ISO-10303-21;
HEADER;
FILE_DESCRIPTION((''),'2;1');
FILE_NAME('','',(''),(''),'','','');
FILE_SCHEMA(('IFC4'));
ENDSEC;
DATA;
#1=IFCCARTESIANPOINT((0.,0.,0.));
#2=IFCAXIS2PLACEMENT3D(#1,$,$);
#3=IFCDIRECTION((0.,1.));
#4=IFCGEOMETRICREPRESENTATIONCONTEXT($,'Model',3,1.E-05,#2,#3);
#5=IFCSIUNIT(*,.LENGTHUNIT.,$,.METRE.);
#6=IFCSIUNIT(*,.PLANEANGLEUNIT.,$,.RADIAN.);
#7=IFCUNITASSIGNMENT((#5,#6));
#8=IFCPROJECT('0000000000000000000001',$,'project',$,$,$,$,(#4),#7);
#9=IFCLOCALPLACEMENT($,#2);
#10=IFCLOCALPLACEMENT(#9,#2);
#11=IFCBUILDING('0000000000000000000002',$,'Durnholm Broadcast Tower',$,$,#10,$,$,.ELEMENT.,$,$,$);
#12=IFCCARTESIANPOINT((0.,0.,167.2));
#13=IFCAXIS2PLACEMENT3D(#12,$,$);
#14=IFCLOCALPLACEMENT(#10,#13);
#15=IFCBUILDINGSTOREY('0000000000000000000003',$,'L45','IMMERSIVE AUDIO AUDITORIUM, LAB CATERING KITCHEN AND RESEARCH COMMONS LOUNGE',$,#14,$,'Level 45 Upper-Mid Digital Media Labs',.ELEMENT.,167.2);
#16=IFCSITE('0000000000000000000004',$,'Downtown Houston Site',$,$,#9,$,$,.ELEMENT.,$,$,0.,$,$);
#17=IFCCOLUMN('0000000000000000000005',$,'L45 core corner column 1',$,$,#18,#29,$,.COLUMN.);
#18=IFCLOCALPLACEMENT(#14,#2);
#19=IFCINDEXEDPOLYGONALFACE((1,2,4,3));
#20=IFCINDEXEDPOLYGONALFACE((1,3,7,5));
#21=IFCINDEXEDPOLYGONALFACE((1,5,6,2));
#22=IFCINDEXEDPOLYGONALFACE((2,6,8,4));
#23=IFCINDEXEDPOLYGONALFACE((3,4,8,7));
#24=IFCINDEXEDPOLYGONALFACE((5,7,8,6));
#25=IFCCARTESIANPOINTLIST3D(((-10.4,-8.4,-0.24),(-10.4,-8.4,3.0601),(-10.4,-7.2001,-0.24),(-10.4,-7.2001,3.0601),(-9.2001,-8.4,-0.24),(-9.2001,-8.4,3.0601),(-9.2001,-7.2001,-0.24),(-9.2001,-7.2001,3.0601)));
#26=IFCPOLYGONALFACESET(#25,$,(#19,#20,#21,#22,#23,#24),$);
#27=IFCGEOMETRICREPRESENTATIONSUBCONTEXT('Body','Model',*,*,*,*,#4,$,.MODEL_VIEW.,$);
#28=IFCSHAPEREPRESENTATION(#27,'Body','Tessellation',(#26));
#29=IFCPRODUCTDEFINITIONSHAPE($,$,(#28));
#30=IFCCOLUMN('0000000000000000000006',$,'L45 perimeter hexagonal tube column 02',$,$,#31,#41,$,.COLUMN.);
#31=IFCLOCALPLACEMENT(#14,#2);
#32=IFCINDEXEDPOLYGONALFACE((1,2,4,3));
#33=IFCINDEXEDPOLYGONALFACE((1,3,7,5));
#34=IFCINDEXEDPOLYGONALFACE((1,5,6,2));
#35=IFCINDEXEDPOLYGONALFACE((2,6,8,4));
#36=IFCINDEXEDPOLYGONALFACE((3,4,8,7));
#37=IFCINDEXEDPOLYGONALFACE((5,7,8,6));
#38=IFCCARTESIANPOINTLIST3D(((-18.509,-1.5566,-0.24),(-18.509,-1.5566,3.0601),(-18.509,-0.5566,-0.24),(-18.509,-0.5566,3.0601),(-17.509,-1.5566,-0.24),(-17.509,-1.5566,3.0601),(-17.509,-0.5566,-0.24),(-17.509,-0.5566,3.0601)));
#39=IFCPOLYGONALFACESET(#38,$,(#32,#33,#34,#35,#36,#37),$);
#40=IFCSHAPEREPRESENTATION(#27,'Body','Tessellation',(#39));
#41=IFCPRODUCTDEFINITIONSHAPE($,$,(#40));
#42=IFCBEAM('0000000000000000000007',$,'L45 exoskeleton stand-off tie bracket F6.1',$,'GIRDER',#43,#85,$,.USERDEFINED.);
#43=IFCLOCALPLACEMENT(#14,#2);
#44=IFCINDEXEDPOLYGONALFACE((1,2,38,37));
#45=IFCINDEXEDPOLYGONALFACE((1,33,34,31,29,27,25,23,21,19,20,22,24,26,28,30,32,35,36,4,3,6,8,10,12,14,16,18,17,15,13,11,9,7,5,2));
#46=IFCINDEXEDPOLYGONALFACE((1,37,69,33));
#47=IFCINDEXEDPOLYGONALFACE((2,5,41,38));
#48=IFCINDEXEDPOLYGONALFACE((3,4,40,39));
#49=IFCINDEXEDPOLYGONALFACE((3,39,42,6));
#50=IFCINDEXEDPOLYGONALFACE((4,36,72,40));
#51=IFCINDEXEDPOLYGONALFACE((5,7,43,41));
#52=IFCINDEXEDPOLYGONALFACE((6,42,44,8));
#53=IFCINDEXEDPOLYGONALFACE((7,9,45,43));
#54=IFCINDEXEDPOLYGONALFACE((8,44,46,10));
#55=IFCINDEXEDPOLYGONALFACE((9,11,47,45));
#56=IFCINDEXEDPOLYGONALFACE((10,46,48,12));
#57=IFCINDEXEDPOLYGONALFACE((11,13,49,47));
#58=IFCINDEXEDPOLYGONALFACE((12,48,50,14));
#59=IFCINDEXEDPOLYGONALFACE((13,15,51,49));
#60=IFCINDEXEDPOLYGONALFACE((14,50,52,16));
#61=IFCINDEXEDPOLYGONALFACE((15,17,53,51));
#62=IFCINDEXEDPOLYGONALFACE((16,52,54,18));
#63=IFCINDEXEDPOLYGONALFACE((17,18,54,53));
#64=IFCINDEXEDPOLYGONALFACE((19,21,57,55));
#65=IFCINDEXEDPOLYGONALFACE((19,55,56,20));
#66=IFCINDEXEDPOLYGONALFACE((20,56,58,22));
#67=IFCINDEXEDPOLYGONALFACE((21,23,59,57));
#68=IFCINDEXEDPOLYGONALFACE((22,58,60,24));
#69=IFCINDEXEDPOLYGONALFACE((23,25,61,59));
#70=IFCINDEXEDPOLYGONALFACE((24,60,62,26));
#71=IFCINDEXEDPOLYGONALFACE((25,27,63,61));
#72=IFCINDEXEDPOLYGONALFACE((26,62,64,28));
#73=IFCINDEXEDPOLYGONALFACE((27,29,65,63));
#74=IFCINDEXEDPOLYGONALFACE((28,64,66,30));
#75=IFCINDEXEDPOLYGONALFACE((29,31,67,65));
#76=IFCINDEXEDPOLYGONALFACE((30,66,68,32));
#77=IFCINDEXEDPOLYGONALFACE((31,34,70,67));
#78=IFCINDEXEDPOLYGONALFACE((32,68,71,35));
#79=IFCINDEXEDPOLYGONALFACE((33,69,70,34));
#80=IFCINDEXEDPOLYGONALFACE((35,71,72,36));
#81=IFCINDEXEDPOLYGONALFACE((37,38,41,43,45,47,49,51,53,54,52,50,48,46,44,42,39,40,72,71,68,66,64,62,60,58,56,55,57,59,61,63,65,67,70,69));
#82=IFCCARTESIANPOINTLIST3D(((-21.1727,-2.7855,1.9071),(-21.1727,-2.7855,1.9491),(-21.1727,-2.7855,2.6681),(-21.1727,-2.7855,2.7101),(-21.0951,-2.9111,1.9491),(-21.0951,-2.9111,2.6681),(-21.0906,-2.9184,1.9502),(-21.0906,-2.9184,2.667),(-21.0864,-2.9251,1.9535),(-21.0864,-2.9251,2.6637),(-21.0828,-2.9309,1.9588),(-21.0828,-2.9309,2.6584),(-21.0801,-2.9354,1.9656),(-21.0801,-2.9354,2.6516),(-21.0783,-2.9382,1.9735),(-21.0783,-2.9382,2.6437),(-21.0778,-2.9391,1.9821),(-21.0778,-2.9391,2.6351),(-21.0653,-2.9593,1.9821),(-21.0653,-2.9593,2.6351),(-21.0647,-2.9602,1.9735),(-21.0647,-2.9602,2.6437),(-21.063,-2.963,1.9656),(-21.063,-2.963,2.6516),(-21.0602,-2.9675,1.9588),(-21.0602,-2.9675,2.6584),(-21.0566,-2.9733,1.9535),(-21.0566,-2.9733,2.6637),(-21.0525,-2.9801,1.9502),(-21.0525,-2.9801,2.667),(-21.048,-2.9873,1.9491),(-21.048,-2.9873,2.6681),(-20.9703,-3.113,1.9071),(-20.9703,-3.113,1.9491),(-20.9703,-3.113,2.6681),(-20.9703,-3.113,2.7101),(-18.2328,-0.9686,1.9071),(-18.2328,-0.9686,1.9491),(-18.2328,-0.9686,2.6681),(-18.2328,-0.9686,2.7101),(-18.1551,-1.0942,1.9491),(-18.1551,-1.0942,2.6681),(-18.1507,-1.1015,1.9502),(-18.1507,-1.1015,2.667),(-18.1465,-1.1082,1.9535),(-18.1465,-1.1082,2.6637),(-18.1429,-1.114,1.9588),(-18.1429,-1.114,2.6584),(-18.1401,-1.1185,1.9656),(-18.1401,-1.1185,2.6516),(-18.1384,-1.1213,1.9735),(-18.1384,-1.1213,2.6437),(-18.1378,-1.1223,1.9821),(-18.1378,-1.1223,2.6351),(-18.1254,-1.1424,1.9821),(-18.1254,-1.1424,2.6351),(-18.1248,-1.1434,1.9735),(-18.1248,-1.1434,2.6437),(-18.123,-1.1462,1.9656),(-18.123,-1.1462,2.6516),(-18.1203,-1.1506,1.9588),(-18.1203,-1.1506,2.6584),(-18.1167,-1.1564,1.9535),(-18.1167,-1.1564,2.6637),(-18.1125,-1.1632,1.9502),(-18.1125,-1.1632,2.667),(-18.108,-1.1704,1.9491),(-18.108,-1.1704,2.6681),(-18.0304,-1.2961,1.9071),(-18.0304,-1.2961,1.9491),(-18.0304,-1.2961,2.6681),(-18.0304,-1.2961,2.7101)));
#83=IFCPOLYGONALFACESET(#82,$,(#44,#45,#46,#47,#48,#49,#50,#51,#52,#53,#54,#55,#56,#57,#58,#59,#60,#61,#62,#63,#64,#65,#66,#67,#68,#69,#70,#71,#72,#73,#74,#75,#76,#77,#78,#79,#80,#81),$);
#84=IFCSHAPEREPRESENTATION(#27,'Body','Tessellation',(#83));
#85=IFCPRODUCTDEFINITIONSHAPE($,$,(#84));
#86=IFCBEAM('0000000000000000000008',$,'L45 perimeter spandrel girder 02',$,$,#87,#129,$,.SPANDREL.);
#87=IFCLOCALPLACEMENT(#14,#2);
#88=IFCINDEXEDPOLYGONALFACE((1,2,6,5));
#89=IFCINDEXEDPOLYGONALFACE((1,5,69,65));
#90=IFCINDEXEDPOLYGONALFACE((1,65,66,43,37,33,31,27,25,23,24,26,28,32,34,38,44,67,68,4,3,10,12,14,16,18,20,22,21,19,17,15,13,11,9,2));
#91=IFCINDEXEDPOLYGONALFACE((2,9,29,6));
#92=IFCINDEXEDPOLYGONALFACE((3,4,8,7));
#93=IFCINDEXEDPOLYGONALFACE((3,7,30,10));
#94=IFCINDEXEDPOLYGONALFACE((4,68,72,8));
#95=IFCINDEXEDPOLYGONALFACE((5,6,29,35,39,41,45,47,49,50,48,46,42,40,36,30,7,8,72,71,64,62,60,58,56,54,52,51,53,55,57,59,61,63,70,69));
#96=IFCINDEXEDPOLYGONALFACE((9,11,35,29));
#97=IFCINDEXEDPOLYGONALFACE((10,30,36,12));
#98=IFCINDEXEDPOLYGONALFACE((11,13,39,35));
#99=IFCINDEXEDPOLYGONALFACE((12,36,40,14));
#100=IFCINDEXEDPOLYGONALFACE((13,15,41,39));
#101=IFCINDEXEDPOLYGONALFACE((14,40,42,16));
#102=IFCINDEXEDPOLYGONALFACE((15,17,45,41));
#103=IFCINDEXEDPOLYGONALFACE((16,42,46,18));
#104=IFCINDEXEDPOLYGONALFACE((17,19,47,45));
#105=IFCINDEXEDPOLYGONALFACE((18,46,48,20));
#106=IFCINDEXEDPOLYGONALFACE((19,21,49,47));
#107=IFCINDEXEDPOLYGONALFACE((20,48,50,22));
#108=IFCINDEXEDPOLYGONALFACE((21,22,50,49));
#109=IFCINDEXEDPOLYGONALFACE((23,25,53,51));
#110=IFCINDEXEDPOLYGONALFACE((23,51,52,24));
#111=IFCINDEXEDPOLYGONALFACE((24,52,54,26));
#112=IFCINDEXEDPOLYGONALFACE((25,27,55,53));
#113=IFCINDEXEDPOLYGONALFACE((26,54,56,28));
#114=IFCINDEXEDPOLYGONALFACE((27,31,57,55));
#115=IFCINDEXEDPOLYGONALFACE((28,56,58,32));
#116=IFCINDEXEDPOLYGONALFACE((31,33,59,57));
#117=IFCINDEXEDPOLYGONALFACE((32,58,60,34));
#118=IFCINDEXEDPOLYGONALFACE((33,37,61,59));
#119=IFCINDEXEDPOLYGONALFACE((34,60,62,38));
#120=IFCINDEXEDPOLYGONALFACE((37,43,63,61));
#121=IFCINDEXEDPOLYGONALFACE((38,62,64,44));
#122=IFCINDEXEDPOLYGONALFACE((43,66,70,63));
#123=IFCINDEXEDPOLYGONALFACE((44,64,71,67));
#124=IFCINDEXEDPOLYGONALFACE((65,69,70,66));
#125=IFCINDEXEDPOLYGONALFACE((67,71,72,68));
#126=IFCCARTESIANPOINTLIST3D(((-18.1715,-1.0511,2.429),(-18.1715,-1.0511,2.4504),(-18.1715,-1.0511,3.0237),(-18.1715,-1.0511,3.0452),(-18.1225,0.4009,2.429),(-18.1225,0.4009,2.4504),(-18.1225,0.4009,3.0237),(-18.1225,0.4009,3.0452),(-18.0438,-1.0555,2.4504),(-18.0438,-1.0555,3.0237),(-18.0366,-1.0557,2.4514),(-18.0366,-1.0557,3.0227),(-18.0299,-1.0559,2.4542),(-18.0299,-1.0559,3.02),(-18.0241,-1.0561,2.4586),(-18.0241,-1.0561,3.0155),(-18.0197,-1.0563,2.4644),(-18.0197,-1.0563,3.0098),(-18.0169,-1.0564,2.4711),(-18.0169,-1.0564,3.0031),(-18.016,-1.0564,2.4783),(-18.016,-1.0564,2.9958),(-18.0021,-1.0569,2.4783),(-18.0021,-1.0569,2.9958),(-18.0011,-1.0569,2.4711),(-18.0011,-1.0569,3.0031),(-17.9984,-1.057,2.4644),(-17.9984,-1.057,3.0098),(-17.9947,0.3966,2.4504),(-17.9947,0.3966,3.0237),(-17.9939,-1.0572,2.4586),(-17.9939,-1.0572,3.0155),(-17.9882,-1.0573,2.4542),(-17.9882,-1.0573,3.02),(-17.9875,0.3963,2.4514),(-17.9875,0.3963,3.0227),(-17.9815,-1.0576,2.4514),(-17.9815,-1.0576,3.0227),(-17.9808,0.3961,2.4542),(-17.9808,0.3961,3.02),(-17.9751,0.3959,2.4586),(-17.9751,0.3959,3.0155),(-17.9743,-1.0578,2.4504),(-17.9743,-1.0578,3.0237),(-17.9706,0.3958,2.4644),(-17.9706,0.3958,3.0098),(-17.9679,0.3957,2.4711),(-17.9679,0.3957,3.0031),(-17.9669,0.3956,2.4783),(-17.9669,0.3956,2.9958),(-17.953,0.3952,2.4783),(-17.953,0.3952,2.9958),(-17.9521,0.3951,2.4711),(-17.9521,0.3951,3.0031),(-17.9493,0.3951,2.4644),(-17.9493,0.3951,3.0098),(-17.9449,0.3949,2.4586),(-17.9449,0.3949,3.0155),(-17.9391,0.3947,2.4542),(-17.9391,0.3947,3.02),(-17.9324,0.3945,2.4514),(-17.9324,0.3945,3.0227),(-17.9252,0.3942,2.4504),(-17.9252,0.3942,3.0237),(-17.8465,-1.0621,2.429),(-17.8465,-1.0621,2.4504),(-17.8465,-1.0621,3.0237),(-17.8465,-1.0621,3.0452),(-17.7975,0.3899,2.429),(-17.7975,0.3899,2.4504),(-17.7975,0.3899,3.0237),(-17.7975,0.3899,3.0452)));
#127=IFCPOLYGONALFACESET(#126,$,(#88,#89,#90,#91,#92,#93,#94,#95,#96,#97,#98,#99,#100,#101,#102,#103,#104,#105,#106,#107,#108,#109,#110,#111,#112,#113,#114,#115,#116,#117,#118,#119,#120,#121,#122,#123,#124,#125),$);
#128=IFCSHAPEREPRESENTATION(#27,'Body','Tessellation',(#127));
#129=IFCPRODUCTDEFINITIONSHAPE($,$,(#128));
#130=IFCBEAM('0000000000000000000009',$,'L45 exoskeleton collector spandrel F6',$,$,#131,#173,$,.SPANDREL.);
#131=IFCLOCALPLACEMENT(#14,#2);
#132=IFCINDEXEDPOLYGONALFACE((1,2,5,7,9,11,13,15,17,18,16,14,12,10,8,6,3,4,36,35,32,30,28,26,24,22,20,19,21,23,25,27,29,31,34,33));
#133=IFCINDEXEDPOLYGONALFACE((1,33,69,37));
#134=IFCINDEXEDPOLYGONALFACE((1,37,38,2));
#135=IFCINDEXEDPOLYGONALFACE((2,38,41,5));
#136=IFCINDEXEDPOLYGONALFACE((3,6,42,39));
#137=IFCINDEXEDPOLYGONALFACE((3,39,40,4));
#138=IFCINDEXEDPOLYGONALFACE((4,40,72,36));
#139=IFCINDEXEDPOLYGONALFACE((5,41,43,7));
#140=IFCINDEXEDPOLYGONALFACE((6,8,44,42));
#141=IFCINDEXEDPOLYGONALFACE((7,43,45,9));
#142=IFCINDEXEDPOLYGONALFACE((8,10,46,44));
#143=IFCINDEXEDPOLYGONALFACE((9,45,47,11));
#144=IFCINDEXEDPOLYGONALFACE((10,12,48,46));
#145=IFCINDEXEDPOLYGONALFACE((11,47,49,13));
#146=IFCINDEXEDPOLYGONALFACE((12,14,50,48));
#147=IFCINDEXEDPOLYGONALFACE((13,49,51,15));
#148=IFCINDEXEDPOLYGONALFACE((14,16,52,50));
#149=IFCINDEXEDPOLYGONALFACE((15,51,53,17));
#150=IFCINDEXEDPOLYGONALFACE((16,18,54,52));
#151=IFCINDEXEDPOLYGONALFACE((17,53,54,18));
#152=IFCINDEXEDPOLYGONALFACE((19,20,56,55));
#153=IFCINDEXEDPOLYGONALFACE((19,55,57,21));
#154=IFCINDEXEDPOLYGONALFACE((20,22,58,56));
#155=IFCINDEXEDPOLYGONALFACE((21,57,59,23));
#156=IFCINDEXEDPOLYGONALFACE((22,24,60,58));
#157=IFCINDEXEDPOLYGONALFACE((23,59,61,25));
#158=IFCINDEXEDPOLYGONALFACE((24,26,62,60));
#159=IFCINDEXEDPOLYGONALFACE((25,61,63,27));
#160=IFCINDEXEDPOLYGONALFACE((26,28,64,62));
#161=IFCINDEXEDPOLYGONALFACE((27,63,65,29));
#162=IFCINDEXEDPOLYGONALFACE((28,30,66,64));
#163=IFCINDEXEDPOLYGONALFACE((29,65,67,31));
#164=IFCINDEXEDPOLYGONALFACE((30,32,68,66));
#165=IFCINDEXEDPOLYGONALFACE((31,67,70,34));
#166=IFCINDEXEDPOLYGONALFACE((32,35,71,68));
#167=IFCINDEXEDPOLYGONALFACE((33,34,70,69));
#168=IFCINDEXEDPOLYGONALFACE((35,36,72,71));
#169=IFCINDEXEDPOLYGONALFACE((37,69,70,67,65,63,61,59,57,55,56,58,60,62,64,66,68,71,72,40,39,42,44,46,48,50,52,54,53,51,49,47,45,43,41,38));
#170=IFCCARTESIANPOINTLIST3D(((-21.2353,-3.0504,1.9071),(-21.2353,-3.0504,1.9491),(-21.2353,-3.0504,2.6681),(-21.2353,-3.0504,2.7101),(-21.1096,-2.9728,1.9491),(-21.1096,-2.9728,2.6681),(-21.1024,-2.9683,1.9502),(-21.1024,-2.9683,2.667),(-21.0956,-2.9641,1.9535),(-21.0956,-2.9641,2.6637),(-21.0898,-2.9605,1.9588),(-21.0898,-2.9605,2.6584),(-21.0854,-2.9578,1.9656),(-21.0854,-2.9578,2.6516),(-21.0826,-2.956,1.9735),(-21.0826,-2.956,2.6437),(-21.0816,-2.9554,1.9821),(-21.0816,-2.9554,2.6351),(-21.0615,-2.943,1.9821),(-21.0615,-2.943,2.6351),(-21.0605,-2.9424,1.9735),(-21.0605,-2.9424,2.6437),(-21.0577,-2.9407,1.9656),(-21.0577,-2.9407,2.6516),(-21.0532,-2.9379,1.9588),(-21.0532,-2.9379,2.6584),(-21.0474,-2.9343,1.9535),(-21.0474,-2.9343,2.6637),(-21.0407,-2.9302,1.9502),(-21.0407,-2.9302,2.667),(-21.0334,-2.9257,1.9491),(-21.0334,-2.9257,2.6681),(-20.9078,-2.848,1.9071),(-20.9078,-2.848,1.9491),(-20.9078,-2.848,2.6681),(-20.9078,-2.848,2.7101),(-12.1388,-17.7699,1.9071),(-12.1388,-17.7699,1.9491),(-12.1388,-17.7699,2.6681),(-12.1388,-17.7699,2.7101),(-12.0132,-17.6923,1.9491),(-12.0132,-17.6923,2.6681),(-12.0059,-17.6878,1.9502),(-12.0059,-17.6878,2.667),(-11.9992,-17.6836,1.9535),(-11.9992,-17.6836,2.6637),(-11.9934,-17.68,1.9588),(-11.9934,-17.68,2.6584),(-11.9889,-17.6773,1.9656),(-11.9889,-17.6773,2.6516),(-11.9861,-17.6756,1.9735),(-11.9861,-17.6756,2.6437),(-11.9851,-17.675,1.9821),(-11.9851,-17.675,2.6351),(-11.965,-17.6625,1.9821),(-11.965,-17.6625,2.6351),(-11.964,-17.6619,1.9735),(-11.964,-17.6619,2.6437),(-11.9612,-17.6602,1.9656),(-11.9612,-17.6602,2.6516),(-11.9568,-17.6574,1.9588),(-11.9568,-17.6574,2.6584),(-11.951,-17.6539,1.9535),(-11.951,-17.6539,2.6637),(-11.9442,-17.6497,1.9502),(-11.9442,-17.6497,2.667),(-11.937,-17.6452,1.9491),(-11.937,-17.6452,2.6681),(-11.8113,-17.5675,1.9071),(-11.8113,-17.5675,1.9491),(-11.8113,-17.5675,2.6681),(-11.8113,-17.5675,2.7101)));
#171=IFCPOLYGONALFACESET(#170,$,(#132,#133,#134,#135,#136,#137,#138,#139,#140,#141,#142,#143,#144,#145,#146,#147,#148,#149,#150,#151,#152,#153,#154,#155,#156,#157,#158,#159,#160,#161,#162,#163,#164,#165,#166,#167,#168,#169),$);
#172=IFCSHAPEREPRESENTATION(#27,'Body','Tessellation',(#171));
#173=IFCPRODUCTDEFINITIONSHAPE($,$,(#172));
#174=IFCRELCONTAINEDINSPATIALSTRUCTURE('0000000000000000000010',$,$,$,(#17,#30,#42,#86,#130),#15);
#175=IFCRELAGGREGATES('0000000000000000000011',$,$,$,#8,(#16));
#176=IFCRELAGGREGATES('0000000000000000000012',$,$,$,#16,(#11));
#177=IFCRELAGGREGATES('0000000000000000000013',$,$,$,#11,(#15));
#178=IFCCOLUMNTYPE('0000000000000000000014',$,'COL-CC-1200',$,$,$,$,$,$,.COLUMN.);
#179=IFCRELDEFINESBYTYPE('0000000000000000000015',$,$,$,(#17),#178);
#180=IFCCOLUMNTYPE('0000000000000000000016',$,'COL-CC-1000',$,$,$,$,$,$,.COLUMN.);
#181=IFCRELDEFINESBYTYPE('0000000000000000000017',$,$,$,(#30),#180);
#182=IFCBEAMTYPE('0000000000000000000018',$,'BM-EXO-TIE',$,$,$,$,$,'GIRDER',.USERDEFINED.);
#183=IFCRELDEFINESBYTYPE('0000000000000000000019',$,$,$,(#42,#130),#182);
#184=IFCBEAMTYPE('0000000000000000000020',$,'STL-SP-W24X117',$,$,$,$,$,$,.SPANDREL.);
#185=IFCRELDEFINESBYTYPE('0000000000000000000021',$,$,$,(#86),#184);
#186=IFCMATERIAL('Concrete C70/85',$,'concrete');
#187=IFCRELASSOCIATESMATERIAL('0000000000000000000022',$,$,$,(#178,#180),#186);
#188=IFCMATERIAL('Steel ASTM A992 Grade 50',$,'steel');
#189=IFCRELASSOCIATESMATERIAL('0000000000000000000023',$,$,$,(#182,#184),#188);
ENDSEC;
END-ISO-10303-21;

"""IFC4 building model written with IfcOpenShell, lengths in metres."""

from ifc_helpers import new_model, si_unit, direction, frame, origin, origin_2d, place, context, subcontext, project, spatial, rectangle, i_section, extrude, source, transform, mapped, material, material_profile, profile_set, type_object, type_shapes, element, save


model = new_model("IFC4")

# Units and contexts
model_context = context("Model", 3, precision=1e-05, world=origin(), true_north=direction((0.0, 1.0)))
body_context = subcontext(model_context, "Body", "Model", "MODEL_VIEW")
ifc_project = project(units=[si_unit("LENGTHUNIT", "METRE"), si_unit("PLANEANGLEUNIT", "RADIAN")], contexts=[model_context])

# Site, building, storey
site_placement = place(None, origin())
site = spatial("IfcSite", under=ifc_project, at=site_placement, Name="Downtown Houston Site", CompositionType="ELEMENT", RefElevation=0.0)
building_placement = place(site_placement, origin())
building = spatial("IfcBuilding", under=site, at=building_placement, Name="Durnholm Broadcast Tower", CompositionType="ELEMENT")
storey_placement = place(building_placement, frame((0.0, 0.0, 167.2)))
storey = spatial("IfcBuildingStorey", under=building, at=storey_placement, Name="L45", Description="IMMERSIVE AUDIO AUDITORIUM, LAB CATERING KITCHEN AND RESEARCH COMMONS LOUNGE", LongName="Level 45 Upper-Mid Digital Media Labs", CompositionType="ELEMENT", Elevation=167.2)

# Columns
ifc_material_1 = material(Name="Concrete C70/85", Category="concrete")
ifc_material_profile_1 = material_profile(ifc_material_1, rectangle(XDim=1.2, YDim=1.2, at=origin_2d()), Name="RC1200X1200")
ifc_profile_set_1 = profile_set([ifc_material_profile_1], Name="Concrete C70/85")
column_type_1 = type_object("IfcColumnType", Name="COL-CC-1200", PredefinedType="COLUMN", material=ifc_profile_set_1)
shared_shape_1 = source(origin(), body_context, "Body", "SweptSolid", [
    extrude(rectangle(XDim=1.2, YDim=1.2, at=origin_2d()), origin(), (0.0, 0.0, 1.0), 3.3),
])
type_shapes(column_type_1, [shared_shape_1])
column_1_placement = place(storey_placement, frame((-9.8, -7.8, -0.24), z_axis=(0.0, 0.0, 1.0), x_axis=(1.0, 0.0, 0.0)))
element("IfcColumn", 1, at=column_1_placement, inside=storey, type_object=column_type_1, Name="L45 core corner column 1", PredefinedType="COLUMN", context=body_context, shape_type="MappedRepresentation", body=[
    mapped(shared_shape_1, transform((0.0, 0.0, 0.0), x_axis=(1.0, 0.0, 0.0), y_axis=(0.0, 1.0, 0.0), z_axis=(0.0, 0.0, 1.0), scale=1.0)),
])
ifc_material_profile_2 = material_profile(ifc_material_1, rectangle(XDim=1.0, YDim=1.0, at=origin_2d()), Name="RC1000X1000")
ifc_profile_set_2 = profile_set([ifc_material_profile_2], Name="Concrete C70/85")
column_type_2 = type_object("IfcColumnType", Name="COL-CC-1000", PredefinedType="COLUMN", material=ifc_profile_set_2)
shared_shape_2 = source(origin(), body_context, "Body", "SweptSolid", [
    extrude(rectangle(XDim=1.0, YDim=1.0, at=origin_2d()), origin(), (0.0, 0.0, 1.0), 3.3),
])
type_shapes(column_type_2, [shared_shape_2])
column_2_placement = place(storey_placement, frame((-18.009, -1.0566, -0.24), z_axis=(0.0, 0.0, 1.0), x_axis=(1.0, 0.0, 0.0)))
element("IfcColumn", 2, at=column_2_placement, inside=storey, type_object=column_type_2, Name="L45 perimeter hexagonal tube column 02", PredefinedType="COLUMN", context=body_context, shape_type="MappedRepresentation", body=[
    mapped(shared_shape_2, transform((0.0, 0.0, 0.0), x_axis=(1.0, 0.0, 0.0), y_axis=(0.0, 1.0, 0.0), z_axis=(0.0, 0.0, 1.0), scale=1.0)),
])

# Beams
ifc_material_2 = material(Name="Steel ASTM A992 Grade 50", Category="steel")
ifc_material_profile_3 = material_profile(ifc_material_2, i_section(OverallWidth=0.385, OverallDepth=0.803, WebThickness=0.0237, FlangeThickness=0.042, FilletRadius=0.033, at=origin_2d()), Name="W30X261")
ifc_profile_set_3 = profile_set([ifc_material_profile_3], Name="Steel ASTM A992 Grade 50")
beam_type_1 = type_object("IfcBeamType", Name="BM-EXO-TIE", ElementType="GIRDER", PredefinedType="USERDEFINED", material=ifc_profile_set_3)
shared_shape_3 = source(origin(), body_context, "Body", "SweptSolid", [
    extrude(i_section(OverallWidth=0.385, OverallDepth=0.803, WebThickness=0.0237, FlangeThickness=0.042, FilletRadius=0.033, at=origin_2d()), origin(), (0.0, 0.0, 1.0), 3.4561),
])
beam_1_placement = place(storey_placement, frame((-18.1316, -1.1323, 2.3086), z_axis=(-0.850662, -0.525712, 0.0), x_axis=(0.525712, -0.850662, 0.0)))
element("IfcBeam", 3, at=beam_1_placement, inside=storey, type_object=beam_type_1, Name="L45 exoskeleton stand-off tie bracket F6.1", ObjectType="GIRDER", PredefinedType="USERDEFINED", context=body_context, shape_type="MappedRepresentation", body=[
    mapped(shared_shape_3, transform((0.0, 0.0, 0.0), x_axis=(1.0, 0.0, 0.0), y_axis=(0.0, 1.0, 0.0), z_axis=(0.0, 0.0, 1.0), scale=1.0)),
])
ifc_material_profile_4 = material_profile(ifc_material_2, i_section(OverallWidth=0.3252, OverallDepth=0.6162, WebThickness=0.0139, FlangeThickness=0.0215, FilletRadius=0.0278, at=origin_2d()), Name="W24X117")
ifc_profile_set_4 = profile_set([ifc_material_profile_4], Name="Steel ASTM A992 Grade 50")
beam_type_2 = type_object("IfcBeamType", Name="STL-SP-W24X117", PredefinedType="SPANDREL", material=ifc_profile_set_4)
shared_shape_4 = source(origin(), body_context, "Body", "SweptSolid", [
    extrude(i_section(OverallWidth=0.3252, OverallDepth=0.6162, WebThickness=0.0139, FlangeThickness=0.0215, FilletRadius=0.0278, at=origin_2d()), origin(), (0.0, 0.0, 1.0), 1.4529),
])
type_shapes(beam_type_2, [shared_shape_4])
beam_2_placement = place(storey_placement, frame((-18.009, -1.0566, 2.7371), z_axis=(0.033774, 0.99943, 0.0), x_axis=(-0.99943, 0.033774, 0.0)))
element("IfcBeam", 4, at=beam_2_placement, inside=storey, type_object=beam_type_2, Name="L45 perimeter spandrel girder 02", PredefinedType="SPANDREL", context=body_context, shape_type="MappedRepresentation", body=[
    mapped(shared_shape_4, transform((0.0, 0.0, 0.0), x_axis=(1.0, 0.0, 0.0), y_axis=(0.0, 1.0, 0.0), z_axis=(0.0, 0.0, 1.0), scale=1.0)),
])
shared_shape_5 = source(origin(), body_context, "Body", "SweptSolid", [
    extrude(i_section(OverallWidth=0.385, OverallDepth=0.803, WebThickness=0.0237, FlangeThickness=0.042, FilletRadius=0.033, at=origin_2d()), origin(), (0.0, 0.0, 1.0), 17.3035),
])
type_shapes(beam_type_1, [shared_shape_3, shared_shape_5])
beam_3_placement = place(storey_placement, frame((-21.0715, -2.9492, 2.3086), z_axis=(0.525702, -0.850669, 0.0), x_axis=(0.850669, 0.525702, 0.0)))
element("IfcBeam", 5, at=beam_3_placement, inside=storey, type_object=beam_type_1, Name="L45 exoskeleton collector spandrel F6", PredefinedType="SPANDREL", context=body_context, shape_type="MappedRepresentation", body=[
    mapped(shared_shape_5, transform((0.0, 0.0, 0.0), x_axis=(1.0, 0.0, 0.0), y_axis=(0.0, 1.0, 0.0), z_axis=(0.0, 0.0, 1.0), scale=1.0)),
])

save(model, "model.ifc")
